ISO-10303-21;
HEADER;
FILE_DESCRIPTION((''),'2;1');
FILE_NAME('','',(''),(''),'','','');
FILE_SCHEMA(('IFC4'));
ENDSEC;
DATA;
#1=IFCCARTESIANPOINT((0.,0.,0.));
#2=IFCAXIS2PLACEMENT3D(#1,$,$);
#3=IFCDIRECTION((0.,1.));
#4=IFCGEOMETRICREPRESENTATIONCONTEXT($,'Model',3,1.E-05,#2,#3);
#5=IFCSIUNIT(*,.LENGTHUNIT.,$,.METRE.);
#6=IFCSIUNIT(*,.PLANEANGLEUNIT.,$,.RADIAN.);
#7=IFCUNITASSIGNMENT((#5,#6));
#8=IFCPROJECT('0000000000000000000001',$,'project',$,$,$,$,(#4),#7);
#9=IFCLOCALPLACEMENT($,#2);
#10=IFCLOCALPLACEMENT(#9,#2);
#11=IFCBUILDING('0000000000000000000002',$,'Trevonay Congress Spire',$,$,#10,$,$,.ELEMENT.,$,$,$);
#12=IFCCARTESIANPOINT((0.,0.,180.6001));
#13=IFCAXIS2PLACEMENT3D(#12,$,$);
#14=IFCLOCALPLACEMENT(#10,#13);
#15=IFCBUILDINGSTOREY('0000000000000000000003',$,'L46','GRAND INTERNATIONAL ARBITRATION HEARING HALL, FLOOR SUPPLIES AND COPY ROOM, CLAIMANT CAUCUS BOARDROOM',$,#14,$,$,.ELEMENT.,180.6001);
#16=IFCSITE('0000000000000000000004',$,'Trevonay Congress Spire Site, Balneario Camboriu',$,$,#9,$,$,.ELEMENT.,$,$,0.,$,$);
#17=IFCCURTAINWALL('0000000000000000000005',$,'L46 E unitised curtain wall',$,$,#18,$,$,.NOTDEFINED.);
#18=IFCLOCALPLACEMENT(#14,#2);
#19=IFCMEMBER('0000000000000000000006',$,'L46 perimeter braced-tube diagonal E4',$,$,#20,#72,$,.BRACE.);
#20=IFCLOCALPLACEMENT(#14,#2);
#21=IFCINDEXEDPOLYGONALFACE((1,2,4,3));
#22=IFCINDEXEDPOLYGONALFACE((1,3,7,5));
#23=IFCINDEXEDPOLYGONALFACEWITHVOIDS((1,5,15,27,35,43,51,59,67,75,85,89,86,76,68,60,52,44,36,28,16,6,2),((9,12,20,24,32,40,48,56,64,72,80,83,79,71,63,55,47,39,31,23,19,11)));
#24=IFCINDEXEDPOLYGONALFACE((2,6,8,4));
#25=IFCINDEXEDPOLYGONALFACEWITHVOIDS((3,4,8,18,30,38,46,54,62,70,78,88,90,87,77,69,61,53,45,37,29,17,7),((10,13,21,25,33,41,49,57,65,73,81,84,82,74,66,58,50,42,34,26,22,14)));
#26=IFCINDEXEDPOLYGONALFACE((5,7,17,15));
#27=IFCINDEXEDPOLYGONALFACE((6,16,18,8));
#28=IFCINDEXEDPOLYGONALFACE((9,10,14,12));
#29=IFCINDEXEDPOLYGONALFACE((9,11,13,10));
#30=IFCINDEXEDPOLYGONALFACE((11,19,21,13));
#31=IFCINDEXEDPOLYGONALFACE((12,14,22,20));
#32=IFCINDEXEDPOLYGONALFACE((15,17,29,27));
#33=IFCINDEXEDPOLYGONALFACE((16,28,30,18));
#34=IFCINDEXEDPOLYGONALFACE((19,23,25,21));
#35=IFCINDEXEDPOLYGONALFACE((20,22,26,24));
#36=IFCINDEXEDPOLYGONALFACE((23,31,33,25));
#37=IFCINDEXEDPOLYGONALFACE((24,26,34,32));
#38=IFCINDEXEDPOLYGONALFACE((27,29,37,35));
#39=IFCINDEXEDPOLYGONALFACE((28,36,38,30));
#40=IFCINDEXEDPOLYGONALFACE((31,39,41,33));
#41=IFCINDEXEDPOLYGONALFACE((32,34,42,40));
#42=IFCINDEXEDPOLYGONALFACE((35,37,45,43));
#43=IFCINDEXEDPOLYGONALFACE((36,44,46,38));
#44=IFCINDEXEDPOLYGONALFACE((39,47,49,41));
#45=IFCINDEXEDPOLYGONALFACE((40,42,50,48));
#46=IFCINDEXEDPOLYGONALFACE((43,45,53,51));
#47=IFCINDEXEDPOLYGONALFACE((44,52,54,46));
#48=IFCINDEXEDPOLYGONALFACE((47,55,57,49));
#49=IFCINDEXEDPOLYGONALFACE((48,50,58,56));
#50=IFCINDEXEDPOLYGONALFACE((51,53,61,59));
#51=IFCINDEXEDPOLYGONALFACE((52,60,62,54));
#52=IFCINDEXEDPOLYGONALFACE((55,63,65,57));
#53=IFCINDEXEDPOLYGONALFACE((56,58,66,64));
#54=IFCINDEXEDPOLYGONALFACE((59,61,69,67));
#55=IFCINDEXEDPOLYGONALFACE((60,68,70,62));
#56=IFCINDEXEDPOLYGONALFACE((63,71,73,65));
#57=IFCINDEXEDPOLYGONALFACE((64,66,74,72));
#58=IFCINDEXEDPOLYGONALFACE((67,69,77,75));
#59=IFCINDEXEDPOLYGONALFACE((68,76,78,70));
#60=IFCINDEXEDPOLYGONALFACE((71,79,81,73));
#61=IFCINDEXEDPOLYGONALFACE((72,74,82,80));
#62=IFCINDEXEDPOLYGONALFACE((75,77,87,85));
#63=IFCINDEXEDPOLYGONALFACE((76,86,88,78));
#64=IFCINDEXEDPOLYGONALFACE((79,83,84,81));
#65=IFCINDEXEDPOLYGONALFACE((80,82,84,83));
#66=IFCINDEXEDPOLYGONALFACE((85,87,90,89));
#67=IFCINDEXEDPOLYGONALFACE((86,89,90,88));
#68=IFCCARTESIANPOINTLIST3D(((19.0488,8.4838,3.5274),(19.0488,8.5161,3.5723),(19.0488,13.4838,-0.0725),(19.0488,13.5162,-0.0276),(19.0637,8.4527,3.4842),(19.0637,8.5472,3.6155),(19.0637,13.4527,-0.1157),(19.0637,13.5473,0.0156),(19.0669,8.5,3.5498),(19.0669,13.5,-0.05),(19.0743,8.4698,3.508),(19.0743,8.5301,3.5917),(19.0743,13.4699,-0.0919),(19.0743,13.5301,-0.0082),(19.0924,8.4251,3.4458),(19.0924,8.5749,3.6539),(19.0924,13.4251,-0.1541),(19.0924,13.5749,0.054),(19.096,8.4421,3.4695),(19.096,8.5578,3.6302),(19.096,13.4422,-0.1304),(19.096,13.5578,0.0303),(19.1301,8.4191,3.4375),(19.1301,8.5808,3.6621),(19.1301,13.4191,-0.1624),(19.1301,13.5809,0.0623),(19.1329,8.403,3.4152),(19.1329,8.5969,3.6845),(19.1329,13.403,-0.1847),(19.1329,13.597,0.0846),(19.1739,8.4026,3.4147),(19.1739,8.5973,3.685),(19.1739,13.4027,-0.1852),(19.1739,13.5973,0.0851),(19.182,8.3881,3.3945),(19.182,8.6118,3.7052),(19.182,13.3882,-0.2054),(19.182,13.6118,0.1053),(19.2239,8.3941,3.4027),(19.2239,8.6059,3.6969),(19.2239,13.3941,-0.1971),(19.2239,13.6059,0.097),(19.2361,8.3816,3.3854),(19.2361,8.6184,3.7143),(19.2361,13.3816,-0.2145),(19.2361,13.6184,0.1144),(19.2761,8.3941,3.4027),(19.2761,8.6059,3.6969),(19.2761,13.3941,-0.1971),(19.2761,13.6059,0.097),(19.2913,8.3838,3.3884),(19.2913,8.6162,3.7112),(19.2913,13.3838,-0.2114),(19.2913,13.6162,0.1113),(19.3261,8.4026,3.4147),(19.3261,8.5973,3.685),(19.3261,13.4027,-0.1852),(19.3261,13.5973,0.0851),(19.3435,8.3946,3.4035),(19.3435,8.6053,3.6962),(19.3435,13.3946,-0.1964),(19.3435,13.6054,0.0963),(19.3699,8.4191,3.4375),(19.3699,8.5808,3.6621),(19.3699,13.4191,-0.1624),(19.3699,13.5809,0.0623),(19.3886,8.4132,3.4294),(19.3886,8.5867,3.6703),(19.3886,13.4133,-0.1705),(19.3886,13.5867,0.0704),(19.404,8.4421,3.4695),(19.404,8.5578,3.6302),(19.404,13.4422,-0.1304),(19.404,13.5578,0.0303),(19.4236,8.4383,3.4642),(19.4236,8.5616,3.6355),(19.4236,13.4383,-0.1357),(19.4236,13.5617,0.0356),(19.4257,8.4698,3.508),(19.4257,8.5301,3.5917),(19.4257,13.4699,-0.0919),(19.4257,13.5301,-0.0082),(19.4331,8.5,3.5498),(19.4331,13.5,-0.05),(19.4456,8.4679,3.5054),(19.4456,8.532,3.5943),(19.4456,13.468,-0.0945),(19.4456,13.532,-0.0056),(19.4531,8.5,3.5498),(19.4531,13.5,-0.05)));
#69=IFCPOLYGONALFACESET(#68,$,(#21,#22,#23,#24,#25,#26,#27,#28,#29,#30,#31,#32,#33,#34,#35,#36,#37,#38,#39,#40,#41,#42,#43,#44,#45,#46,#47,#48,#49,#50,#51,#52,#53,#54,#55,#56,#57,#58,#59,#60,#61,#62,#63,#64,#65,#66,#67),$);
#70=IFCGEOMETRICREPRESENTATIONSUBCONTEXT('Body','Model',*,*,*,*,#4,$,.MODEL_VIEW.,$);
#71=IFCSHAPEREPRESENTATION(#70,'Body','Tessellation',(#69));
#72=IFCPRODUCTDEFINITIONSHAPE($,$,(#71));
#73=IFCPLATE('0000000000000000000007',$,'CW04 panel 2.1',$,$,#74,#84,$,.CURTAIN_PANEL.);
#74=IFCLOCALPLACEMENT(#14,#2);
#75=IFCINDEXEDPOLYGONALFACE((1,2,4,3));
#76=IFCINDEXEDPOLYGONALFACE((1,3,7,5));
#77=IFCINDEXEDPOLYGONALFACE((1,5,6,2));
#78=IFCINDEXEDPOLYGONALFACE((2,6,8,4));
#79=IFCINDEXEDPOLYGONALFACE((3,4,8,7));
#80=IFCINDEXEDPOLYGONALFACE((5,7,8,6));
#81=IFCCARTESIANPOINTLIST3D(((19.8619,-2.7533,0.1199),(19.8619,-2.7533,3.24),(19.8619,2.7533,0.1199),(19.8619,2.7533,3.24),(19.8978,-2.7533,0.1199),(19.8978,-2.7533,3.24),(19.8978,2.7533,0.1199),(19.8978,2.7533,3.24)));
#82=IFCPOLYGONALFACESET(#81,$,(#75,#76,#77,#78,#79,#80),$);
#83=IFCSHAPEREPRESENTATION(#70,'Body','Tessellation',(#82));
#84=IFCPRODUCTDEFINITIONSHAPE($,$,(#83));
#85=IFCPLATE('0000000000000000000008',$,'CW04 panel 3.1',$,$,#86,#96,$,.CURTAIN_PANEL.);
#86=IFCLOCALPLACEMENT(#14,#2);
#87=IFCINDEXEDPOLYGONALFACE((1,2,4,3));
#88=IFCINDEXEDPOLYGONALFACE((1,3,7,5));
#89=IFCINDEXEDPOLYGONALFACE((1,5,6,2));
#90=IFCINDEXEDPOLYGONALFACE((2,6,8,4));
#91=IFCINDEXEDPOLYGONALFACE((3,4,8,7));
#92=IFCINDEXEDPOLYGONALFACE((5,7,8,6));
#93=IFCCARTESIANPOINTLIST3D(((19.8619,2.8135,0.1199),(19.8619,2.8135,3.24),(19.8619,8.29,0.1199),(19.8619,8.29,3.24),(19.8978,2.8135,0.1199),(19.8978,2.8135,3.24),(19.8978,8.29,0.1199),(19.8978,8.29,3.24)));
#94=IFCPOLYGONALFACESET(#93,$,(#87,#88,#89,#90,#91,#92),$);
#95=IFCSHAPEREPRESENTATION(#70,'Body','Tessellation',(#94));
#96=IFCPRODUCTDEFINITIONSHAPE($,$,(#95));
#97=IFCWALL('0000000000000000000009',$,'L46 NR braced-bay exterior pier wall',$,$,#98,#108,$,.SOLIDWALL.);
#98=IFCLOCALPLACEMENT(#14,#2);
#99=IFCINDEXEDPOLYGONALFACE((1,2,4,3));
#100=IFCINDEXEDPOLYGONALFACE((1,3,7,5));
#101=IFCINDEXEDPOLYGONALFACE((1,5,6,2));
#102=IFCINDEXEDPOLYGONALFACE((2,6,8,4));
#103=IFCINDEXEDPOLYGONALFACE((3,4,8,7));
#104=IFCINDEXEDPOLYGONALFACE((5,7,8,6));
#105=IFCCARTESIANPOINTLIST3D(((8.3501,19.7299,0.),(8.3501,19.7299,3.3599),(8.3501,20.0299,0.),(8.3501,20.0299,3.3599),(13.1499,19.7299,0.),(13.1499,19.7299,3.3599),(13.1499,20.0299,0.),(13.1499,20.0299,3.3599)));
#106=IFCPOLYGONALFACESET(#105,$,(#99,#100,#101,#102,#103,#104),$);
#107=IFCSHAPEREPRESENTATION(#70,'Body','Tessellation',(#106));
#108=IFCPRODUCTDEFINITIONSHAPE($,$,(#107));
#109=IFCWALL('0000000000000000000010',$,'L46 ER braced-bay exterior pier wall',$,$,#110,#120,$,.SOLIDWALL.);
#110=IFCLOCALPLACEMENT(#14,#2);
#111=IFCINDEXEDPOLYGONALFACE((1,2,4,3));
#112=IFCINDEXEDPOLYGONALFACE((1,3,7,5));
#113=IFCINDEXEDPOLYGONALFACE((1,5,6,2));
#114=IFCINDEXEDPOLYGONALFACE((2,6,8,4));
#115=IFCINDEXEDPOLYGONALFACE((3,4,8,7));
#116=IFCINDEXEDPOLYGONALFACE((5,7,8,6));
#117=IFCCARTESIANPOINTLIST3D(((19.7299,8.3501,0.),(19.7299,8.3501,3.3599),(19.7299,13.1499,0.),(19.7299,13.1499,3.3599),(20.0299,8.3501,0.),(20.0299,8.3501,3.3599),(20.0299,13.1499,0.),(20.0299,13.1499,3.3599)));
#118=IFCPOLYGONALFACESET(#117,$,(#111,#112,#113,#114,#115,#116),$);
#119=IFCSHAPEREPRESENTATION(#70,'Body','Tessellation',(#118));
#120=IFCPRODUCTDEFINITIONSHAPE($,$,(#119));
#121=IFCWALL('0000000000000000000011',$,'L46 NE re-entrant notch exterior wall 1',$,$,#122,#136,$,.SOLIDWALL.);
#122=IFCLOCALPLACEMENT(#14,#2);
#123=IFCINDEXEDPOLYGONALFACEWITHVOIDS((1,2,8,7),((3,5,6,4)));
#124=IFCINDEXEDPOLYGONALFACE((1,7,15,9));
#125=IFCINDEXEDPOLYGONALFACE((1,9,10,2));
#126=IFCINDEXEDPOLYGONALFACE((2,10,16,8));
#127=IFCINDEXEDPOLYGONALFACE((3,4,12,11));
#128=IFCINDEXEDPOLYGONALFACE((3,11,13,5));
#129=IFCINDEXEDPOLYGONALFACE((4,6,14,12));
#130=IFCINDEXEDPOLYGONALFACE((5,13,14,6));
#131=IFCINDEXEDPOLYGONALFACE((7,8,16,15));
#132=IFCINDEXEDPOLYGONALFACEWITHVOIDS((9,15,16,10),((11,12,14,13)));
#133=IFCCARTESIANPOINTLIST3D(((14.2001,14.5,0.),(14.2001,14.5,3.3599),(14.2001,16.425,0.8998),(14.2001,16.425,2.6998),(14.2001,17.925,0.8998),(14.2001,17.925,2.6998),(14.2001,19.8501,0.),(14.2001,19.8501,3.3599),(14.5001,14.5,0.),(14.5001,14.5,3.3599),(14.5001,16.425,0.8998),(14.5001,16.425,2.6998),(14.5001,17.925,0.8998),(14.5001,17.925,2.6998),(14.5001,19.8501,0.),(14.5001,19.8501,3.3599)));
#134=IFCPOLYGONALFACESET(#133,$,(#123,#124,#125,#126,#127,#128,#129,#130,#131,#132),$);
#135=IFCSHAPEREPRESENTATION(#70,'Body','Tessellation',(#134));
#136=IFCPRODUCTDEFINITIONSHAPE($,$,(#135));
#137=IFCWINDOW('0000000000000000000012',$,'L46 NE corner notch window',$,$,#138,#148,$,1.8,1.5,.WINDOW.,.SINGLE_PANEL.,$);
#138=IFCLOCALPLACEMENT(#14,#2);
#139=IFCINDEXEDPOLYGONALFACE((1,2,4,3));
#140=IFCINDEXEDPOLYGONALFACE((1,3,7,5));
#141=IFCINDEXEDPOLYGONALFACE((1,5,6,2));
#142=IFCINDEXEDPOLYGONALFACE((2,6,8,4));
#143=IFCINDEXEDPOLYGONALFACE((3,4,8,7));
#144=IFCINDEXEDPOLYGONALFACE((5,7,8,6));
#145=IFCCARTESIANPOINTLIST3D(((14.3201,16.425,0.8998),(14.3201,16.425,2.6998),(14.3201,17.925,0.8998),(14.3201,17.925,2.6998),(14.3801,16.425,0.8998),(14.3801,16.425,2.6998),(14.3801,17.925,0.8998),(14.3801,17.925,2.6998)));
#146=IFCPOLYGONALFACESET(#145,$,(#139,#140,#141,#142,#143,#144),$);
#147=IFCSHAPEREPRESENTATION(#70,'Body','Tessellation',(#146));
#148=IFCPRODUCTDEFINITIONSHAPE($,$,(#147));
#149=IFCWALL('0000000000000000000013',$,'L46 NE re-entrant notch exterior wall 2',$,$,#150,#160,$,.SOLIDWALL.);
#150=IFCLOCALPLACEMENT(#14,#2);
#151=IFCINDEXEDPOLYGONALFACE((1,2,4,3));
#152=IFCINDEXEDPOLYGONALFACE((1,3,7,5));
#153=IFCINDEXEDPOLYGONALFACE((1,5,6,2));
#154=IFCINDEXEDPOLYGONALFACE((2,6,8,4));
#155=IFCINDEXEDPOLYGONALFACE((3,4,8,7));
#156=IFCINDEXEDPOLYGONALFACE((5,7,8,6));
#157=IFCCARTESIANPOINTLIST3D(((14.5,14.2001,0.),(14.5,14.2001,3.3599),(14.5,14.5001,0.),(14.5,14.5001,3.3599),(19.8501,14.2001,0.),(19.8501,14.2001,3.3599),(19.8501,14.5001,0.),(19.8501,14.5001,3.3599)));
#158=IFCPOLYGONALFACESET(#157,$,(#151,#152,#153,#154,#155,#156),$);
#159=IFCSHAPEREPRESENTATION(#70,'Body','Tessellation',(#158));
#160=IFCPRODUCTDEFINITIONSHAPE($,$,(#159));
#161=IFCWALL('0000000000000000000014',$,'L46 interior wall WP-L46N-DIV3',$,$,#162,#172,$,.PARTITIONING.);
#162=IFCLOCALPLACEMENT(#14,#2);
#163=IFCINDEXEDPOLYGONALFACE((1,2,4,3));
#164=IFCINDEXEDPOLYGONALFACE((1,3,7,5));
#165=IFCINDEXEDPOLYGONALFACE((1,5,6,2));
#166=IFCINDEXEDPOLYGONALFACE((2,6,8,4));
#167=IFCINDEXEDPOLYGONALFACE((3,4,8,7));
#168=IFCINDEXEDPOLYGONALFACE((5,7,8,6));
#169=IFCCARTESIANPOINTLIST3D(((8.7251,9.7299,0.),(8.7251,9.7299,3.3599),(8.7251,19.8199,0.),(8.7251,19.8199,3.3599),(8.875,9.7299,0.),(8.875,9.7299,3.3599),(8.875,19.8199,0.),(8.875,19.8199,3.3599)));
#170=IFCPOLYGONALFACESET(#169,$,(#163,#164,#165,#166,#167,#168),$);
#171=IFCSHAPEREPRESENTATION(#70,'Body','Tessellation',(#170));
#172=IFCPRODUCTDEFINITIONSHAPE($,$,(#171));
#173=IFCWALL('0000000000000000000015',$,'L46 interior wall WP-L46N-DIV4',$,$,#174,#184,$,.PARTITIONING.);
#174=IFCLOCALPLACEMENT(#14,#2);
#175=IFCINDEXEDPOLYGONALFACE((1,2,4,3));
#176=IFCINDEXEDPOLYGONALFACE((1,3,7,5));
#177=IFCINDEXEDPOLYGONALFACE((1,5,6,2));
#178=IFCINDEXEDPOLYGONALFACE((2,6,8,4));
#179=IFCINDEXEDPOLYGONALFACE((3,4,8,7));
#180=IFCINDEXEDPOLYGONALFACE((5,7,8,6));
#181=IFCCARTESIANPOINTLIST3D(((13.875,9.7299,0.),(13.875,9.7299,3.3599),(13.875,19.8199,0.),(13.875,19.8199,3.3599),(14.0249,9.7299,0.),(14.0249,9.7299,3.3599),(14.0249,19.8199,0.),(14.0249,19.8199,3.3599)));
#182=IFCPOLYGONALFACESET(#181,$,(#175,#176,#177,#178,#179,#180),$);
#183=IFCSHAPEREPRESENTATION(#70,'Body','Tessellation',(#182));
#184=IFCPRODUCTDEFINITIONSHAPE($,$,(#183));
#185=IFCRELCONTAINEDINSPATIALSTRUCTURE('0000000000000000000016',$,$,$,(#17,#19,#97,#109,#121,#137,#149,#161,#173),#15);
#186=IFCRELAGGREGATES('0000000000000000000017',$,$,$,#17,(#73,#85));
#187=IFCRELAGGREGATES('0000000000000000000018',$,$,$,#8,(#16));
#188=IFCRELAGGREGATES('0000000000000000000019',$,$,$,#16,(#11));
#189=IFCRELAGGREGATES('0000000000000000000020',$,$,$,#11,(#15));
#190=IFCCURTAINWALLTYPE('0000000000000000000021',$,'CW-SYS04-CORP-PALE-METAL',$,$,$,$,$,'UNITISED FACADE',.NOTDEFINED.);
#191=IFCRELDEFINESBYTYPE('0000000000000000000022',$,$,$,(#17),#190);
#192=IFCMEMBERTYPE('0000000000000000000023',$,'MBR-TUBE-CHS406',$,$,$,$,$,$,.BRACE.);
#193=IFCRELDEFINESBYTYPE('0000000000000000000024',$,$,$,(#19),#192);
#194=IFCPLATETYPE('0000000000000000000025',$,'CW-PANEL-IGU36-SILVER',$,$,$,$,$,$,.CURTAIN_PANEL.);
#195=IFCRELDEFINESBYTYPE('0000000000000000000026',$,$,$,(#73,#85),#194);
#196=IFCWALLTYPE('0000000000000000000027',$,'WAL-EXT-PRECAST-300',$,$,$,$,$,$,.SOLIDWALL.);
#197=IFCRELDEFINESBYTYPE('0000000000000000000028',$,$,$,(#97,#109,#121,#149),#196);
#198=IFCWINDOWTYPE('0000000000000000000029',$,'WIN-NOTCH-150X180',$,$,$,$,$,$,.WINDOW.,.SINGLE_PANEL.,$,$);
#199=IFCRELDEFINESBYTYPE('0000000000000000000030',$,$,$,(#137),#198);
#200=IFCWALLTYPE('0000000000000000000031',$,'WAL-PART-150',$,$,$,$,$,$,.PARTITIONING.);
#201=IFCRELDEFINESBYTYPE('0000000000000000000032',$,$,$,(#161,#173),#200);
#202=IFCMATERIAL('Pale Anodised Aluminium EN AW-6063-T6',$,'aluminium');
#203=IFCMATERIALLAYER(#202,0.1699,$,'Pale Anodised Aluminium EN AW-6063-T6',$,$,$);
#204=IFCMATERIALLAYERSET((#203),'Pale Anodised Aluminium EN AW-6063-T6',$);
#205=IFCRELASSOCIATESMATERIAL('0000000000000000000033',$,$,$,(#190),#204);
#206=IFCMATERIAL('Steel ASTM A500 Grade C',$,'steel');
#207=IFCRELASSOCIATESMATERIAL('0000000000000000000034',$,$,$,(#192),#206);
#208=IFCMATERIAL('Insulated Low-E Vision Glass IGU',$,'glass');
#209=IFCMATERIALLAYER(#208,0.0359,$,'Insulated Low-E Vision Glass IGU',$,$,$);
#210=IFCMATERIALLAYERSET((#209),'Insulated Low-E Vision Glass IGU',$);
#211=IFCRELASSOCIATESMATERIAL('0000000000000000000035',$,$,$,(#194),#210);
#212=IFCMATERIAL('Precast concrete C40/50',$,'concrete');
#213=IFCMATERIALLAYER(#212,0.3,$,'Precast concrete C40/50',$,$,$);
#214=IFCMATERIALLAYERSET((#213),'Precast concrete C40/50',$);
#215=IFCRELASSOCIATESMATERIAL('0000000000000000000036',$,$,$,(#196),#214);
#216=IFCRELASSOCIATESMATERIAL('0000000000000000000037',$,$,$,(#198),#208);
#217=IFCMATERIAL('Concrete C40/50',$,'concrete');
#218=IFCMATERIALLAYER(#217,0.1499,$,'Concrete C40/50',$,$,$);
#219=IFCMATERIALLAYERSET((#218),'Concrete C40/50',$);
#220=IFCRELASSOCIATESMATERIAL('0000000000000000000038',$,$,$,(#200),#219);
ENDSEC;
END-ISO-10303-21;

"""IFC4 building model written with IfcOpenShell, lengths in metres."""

from ifc_helpers import new_model, si_unit, direction, frame, frame_2d, origin, origin_2d, place, context, subcontext, project, spatial, rectangle, hollow_circle, extrude, material, layer, layer_set, material_profile, profile_set, type_object, element, fill, aggregate, save


model = new_model("IFC4")

# Units and contexts
model_context = context("Model", 3, precision=1e-05, world=origin(), true_north=direction((0.0, 1.0)))
body_context = subcontext(model_context, "Body", "Model", "MODEL_VIEW")
ifc_project = project(units=[si_unit("LENGTHUNIT", "METRE"), si_unit("PLANEANGLEUNIT", "RADIAN")], contexts=[model_context])

# Site, building, storey
site_placement = place(None, origin())
site = spatial("IfcSite", under=ifc_project, at=site_placement, Name="Trevonay Congress Spire Site, Balneario Camboriu", CompositionType="ELEMENT", RefElevation=0.0)
building_placement = place(site_placement, origin())
building = spatial("IfcBuilding", under=site, at=building_placement, Name="Trevonay Congress Spire", CompositionType="ELEMENT")
storey_placement = place(building_placement, frame((0.0, 0.0, 180.6001)))
storey = spatial("IfcBuildingStorey", under=building, at=storey_placement, Name="L46", Description="GRAND INTERNATIONAL ARBITRATION HEARING HALL, FLOOR SUPPLIES AND COPY ROOM, CLAIMANT CAUCUS BOARDROOM", CompositionType="ELEMENT", Elevation=180.6001)

# Shared definitions
ifc_material_1 = material(Name="Pale Anodised Aluminium EN AW-6063-T6", Category="aluminium")
ifc_layer_1 = layer(ifc_material_1, 0.1699, Name="Pale Anodised Aluminium EN AW-6063-T6")
ifc_layer_set_1 = layer_set([ifc_layer_1], Name="Pale Anodised Aluminium EN AW-6063-T6")
curtain_wall_type = type_object("IfcCurtainWallType", Name="CW-SYS04-CORP-PALE-METAL", ElementType="UNITISED FACADE", PredefinedType="NOTDEFINED", material=ifc_layer_set_1)

# Curtain wall
curtain_wall_1_placement = place(storey_placement, origin())
curtain_wall_1 = element("IfcCurtainWall", 1, at=curtain_wall_1_placement, inside=storey, type_object=curtain_wall_type, Name="L46 E unitised curtain wall", PredefinedType="NOTDEFINED")

# Member
ifc_material_2 = material(Name="Steel ASTM A500 Grade C", Category="steel")
ifc_material_profile_1 = material_profile(ifc_material_2, hollow_circle(Radius=0.2031, WallThickness=0.02, at=origin_2d()), Name="CHS 406.4x20")
ifc_profile_set_1 = profile_set([ifc_material_profile_1], Name="Steel ASTM A500 Grade C")
member_type_1 = type_object("IfcMemberType", Name="MBR-TUBE-CHS406", PredefinedType="BRACE", material=ifc_profile_set_1)
for number, where, z_axis, x_axis, name in (
    (2, (19.25, 13.5, -0.05), (0.0, -0.811546, 0.584289), (1.0, 0.0, 0.0), "L46 perimeter braced-tube diagonal E4"),
):
    element("IfcMember", number, at=place(storey_placement, frame(where, z_axis=z_axis, x_axis=x_axis)), inside=storey, type_object=member_type_1, Name=name, PredefinedType="BRACE", context=body_context, shape_type="SweptSolid", body=[
        extrude(hollow_circle(Radius=0.2031, WallThickness=0.02, at=origin_2d()), origin(), (0.0, 0.0, 1.0), 6.1611),
    ])

# Plates
ifc_material_3 = material(Name="Insulated Low-E Vision Glass IGU", Category="glass")
ifc_layer_2 = layer(ifc_material_3, 0.0359, Name="Insulated Low-E Vision Glass IGU")
ifc_layer_set_2 = layer_set([ifc_layer_2], Name="Insulated Low-E Vision Glass IGU")
plate_type = type_object("IfcPlateType", Name="CW-PANEL-IGU36-SILVER", PredefinedType="CURTAIN_PANEL", material=ifc_layer_set_2)
plate_1_placement = place(storey_placement, frame((19.8799, 0.0, 0.1199), z_axis=(0.0, 0.0, 1.0), x_axis=(0.0, 1.0, 0.0)))
plate_1 = element("IfcPlate", 3, at=plate_1_placement, type_object=plate_type, Name="CW04 panel 2.1", PredefinedType="CURTAIN_PANEL", context=body_context, shape_type="SweptSolid", body=[
    extrude(rectangle(XDim=5.5066, YDim=0.0359, at=origin_2d()), origin(), (0.0, 0.0, 1.0), 3.1201),
])
plate_2_placement = place(storey_placement, frame((19.8799, 5.5518, 0.1199), z_axis=(0.0, 0.0, 1.0), x_axis=(0.0, 1.0, 0.0)))
plate_2 = element("IfcPlate", 4, at=plate_2_placement, type_object=plate_type, Name="CW04 panel 3.1", PredefinedType="CURTAIN_PANEL", context=body_context, shape_type="SweptSolid", body=[
    extrude(rectangle(XDim=5.4766, YDim=0.0359, at=origin_2d()), origin(), (0.0, 0.0, 1.0), 3.1201),
])
aggregate(curtain_wall_1, [plate_1, plate_2])

# Walls
ifc_material_4 = material(Name="Precast concrete C40/50", Category="concrete")
ifc_layer_3 = layer(ifc_material_4, 0.3, Name="Precast concrete C40/50")
ifc_layer_set_3 = layer_set([ifc_layer_3], Name="Precast concrete C40/50")
wall_type_1 = type_object("IfcWallType", Name="WAL-EXT-PRECAST-300", PredefinedType="SOLIDWALL", material=ifc_layer_set_3)
for number, where, z_axis, x_axis, name in (
    (5, (8.3501, 19.8799, 0.0), (0.0, 0.0, 1.0), (1.0, 0.0, 0.0), "L46 NR braced-bay exterior pier wall"),
    (6, (19.8799, 8.3501, 0.0), (0.0, 0.0, 1.0), (0.0, 1.0, 0.0), "L46 ER braced-bay exterior pier wall"),
):
    element("IfcWall", number, at=place(storey_placement, frame(where, z_axis=z_axis, x_axis=x_axis)), inside=storey, type_object=wall_type_1, Name=name, PredefinedType="SOLIDWALL", context=body_context, shape_type="SweptSolid", body=[
        extrude(rectangle(XDim=4.7998, YDim=0.3, at=frame_2d((2.3999, 0.0))), origin(), (0.0, 0.0, 1.0), 3.3599),
    ])

# Wall, opening, window
wall_1_placement = place(storey_placement, frame((14.3501, 19.8501, 0.0), z_axis=(0.0, 0.0, 1.0), x_axis=(0.0, -1.0, 0.0)))
wall_1 = element("IfcWall", 7, at=wall_1_placement, inside=storey, type_object=wall_type_1, Name="L46 NE re-entrant notch exterior wall 1", PredefinedType="SOLIDWALL", context=body_context, shape_type="SweptSolid", body=[
    extrude(rectangle(XDim=5.3501, YDim=0.3, at=frame_2d((2.675, 0.0))), origin(), (0.0, 0.0, 1.0), 3.3599),
])
opening_placement = place(wall_1_placement, frame((1.925, 0.0, 0.8999)))
opening = element("IfcOpeningElement", 8, at=opening_placement, cuts=wall_1, PredefinedType="OPENING", context=body_context, shape_type="SweptSolid", body=[
    extrude(rectangle(XDim=1.5, YDim=1.8, at=frame_2d((0.75, 0.8999))), frame((0.0, 0.1602, 0.0), z_axis=(0.0, -1.0, 0.0), x_axis=(1.0, 0.0, 0.0)), (0.0, 0.0, 1.0), 0.3201),
])
window_type = type_object("IfcWindowType", Name="WIN-NOTCH-150X180", PartitioningType="SINGLE_PANEL", PredefinedType="WINDOW", material=ifc_material_3)
window_placement = place(opening_placement, origin())
window = element("IfcWindow", 9, at=window_placement, inside=storey, type_object=window_type, Name="L46 NE corner notch window", OverallHeight=1.8, OverallWidth=1.5, PartitioningType="SINGLE_PANEL", PredefinedType="WINDOW", context=body_context, shape_type="SweptSolid", body=[
    extrude(rectangle(XDim=1.5, YDim=1.8, at=frame_2d((0.75, 0.8999))), frame((0.0, 0.03, 0.0), z_axis=(0.0, -1.0, 0.0), x_axis=(1.0, 0.0, 0.0)), (0.0, 0.0, 1.0), 0.0601),
])
fill(opening, window)

# Walls
wall_2_placement = place(storey_placement, frame((19.8501, 14.3501, 0.0), z_axis=(0.0, 0.0, 1.0), x_axis=(-1.0, 0.0, 0.0)))
element("IfcWall", 10, at=wall_2_placement, inside=storey, type_object=wall_type_1, Name="L46 NE re-entrant notch exterior wall 2", PredefinedType="SOLIDWALL", context=body_context, shape_type="SweptSolid", body=[
    extrude(rectangle(XDim=5.3501, YDim=0.3, at=frame_2d((2.675, 0.0))), origin(), (0.0, 0.0, 1.0), 3.3599),
])
ifc_material_5 = material(Name="Concrete C40/50", Category="concrete")
ifc_layer_4 = layer(ifc_material_5, 0.1499, Name="Concrete C40/50")
ifc_layer_set_4 = layer_set([ifc_layer_4], Name="Concrete C40/50")
wall_type_2 = type_object("IfcWallType", Name="WAL-PART-150", PredefinedType="PARTITIONING", material=ifc_layer_set_4)
for number, where, z_axis, x_axis, name in (
    (11, (8.8, 9.73, 0.0), (0.0, 0.0, 1.0), (0.0, 1.0, 0.0), "L46 interior wall WP-L46N-DIV3"),
    (12, (13.95, 9.73, 0.0), (0.0, 0.0, 1.0), (0.0, 1.0, 0.0), "L46 interior wall WP-L46N-DIV4"),
):
    element("IfcWall", number, at=place(storey_placement, frame(where, z_axis=z_axis, x_axis=x_axis)), inside=storey, type_object=wall_type_2, Name=name, PredefinedType="PARTITIONING", context=body_context, shape_type="SweptSolid", body=[
        extrude(rectangle(XDim=10.0901, YDim=0.1499, at=frame_2d((5.0449, 0.0))), origin(), (0.0, 0.0, 1.0), 3.3599),
    ])

save(model, "model.ifc")
